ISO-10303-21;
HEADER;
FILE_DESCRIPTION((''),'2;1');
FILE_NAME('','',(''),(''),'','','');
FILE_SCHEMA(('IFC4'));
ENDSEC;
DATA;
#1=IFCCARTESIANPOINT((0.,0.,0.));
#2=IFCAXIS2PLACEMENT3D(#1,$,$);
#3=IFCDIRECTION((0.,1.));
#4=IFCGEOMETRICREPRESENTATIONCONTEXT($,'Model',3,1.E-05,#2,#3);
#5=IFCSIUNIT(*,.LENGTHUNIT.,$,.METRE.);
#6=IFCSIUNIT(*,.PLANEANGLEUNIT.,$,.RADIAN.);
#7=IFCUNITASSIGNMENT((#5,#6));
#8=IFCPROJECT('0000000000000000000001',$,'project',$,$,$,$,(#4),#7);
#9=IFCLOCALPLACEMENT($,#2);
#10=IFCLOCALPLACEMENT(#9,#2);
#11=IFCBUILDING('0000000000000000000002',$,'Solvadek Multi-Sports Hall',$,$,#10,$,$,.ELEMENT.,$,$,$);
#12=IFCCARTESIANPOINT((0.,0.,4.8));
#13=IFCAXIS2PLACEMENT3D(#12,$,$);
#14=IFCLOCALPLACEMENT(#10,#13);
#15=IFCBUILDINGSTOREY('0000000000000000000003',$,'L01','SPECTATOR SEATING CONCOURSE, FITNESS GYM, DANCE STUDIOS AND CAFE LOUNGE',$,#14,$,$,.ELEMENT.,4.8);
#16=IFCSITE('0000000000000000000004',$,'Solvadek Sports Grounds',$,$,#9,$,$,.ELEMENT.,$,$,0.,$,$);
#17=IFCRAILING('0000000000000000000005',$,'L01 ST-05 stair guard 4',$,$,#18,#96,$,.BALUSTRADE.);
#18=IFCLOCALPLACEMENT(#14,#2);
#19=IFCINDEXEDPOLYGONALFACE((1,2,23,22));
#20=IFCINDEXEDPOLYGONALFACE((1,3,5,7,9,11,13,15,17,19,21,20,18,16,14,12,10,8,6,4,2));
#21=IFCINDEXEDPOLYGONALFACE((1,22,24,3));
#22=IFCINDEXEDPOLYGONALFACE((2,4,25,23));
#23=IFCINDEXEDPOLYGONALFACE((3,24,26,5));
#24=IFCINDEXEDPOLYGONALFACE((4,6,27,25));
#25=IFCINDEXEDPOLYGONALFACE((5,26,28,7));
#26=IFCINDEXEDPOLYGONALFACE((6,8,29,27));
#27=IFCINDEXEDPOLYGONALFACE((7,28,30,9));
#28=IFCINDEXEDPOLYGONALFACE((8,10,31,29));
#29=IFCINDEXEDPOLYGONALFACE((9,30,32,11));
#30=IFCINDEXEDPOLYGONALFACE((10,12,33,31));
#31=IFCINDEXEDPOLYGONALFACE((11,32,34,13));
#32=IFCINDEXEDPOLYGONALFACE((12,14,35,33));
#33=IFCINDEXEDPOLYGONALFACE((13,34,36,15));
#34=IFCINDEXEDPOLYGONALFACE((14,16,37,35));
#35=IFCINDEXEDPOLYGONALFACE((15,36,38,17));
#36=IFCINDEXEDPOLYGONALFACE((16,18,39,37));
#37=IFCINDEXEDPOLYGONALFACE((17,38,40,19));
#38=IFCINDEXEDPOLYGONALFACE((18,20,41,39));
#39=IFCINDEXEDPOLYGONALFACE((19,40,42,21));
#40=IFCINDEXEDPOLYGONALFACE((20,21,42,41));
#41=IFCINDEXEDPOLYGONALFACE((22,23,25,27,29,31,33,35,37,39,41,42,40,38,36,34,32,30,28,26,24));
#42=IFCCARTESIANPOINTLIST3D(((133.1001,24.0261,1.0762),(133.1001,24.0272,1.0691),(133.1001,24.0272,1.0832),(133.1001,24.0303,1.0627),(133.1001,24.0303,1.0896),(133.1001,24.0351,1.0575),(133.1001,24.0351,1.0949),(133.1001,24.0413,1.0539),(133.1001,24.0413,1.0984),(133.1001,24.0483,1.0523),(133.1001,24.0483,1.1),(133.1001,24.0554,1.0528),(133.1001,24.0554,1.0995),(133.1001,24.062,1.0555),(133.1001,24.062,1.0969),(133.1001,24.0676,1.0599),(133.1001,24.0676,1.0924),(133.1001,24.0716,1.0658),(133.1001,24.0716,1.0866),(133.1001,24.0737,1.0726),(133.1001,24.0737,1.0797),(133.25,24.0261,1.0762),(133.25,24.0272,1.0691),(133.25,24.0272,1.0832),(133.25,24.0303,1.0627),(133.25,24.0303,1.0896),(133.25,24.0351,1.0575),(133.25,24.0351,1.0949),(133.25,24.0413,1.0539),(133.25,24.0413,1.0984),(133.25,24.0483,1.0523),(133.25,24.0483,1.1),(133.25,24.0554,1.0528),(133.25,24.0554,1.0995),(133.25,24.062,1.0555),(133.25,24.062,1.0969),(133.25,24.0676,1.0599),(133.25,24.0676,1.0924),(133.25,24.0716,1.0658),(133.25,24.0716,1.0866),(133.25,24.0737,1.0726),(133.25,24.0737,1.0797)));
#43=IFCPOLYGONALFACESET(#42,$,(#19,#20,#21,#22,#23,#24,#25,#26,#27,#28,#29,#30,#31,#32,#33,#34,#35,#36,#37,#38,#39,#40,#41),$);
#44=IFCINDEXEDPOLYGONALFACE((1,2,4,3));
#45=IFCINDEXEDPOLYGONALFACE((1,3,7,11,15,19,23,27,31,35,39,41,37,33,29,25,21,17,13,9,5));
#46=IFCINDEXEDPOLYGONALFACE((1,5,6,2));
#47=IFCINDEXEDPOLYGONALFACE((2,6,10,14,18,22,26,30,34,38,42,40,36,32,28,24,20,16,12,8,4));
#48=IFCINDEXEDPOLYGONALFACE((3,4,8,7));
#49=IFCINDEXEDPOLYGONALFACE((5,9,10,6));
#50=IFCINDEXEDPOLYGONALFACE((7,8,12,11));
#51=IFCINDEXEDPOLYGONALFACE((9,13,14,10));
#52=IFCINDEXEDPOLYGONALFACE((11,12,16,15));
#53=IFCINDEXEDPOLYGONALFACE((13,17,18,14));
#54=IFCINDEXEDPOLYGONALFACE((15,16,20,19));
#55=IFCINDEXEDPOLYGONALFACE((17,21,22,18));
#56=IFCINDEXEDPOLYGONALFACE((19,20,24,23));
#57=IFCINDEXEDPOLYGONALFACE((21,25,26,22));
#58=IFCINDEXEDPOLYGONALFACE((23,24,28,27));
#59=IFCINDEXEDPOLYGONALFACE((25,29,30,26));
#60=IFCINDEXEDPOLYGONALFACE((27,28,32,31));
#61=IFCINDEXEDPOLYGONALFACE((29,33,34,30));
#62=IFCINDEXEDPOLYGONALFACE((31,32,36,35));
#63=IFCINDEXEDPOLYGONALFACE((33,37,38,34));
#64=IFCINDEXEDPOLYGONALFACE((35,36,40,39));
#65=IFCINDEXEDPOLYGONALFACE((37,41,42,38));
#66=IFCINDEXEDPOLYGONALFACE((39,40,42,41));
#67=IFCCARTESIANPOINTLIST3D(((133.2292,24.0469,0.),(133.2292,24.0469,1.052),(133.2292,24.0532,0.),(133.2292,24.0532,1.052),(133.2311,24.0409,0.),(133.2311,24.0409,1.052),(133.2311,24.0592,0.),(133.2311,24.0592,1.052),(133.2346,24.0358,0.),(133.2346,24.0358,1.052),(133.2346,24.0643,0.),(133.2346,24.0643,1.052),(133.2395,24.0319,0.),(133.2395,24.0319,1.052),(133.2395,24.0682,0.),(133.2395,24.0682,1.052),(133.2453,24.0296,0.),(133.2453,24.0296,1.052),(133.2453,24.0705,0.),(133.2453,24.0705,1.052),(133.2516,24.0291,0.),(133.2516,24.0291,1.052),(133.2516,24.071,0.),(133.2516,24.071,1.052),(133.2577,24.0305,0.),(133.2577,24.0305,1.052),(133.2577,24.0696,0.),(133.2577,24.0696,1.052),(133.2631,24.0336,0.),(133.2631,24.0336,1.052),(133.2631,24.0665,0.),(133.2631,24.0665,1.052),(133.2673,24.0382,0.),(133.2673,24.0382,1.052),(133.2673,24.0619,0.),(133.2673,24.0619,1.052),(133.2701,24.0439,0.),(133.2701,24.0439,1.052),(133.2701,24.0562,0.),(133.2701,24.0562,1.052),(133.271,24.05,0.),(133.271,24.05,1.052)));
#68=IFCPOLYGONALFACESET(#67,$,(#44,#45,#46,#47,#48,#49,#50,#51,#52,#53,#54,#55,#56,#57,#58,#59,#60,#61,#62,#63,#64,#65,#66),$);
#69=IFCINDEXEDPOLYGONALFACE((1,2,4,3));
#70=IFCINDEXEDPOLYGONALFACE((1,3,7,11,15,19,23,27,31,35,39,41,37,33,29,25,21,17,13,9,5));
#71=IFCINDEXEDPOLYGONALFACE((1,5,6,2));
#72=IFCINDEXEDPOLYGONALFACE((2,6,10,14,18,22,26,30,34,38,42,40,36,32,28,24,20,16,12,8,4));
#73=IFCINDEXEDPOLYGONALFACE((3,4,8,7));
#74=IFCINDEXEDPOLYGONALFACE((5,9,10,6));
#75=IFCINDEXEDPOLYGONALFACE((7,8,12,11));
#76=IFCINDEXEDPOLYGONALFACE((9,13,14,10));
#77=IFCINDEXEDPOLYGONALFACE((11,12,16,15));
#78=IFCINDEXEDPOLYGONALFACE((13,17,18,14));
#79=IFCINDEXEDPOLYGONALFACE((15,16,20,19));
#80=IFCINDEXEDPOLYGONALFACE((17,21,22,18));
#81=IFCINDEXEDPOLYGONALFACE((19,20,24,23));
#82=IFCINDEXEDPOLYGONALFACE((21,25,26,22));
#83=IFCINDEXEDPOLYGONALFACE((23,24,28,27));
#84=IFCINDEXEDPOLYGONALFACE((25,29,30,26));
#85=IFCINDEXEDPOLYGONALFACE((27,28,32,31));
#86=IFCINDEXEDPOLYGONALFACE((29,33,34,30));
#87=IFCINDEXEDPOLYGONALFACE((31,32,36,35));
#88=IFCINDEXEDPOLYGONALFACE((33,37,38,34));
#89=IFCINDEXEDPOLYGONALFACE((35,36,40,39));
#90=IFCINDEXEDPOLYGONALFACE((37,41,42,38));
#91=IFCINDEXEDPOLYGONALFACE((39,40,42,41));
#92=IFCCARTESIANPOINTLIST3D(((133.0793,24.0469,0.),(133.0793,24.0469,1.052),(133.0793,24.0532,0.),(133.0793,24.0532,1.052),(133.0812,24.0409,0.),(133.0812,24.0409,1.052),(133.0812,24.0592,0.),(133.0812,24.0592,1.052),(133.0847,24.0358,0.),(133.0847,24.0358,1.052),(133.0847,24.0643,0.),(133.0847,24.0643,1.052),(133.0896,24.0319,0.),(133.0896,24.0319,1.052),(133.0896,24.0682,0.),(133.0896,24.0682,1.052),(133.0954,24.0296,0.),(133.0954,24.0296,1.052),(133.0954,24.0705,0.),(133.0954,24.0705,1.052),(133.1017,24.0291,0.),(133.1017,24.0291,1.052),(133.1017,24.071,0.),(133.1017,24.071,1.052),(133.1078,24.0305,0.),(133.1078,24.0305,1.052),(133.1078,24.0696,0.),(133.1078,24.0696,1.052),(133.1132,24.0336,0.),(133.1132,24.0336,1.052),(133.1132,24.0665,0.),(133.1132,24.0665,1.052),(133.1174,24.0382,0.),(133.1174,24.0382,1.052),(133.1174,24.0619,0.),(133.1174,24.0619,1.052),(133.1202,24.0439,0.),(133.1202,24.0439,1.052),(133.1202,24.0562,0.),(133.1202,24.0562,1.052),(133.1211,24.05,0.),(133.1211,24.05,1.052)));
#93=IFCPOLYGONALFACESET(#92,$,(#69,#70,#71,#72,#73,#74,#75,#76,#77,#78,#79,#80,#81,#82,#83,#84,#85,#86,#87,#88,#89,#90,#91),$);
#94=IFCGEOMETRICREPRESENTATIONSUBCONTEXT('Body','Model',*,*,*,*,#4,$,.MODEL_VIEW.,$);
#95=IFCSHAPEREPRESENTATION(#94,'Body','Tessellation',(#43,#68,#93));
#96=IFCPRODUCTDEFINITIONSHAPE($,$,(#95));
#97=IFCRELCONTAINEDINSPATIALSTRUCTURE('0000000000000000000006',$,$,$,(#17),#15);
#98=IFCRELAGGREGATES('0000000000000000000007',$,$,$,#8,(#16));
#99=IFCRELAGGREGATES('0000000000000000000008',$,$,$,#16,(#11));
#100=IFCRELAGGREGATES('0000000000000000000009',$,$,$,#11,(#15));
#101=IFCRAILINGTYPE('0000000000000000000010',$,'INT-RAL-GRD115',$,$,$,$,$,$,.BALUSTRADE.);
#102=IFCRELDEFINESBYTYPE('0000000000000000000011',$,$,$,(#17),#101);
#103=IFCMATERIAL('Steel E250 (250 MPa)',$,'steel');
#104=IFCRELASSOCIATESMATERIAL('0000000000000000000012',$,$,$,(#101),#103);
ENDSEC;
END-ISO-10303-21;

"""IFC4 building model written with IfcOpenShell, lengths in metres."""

from ifc_helpers import new_model, si_unit, direction, frame, origin, origin_2d, place, context, subcontext, project, spatial, circle, extrude, material, type_object, element, save


model = new_model("IFC4")

# Units and contexts
model_context = context("Model", 3, precision=1e-05, world=origin(), true_north=direction((0.0, 1.0)))
body_context = subcontext(model_context, "Body", "Model", "MODEL_VIEW")
ifc_project = project(units=[si_unit("LENGTHUNIT", "METRE"), si_unit("PLANEANGLEUNIT", "RADIAN")], contexts=[model_context])

# Site, building, storey
site_placement = place(None, origin())
site = spatial("IfcSite", under=ifc_project, at=site_placement, Name="Solvadek Sports Grounds", CompositionType="ELEMENT", RefElevation=0.0)
building_placement = place(site_placement, origin())
building = spatial("IfcBuilding", under=site, at=building_placement, Name="Solvadek Multi-Sports Hall", CompositionType="ELEMENT")
storey_placement = place(building_placement, frame((0.0, 0.0, 4.8)))
storey = spatial("IfcBuildingStorey", under=building, at=storey_placement, Name="L01", Description="SPECTATOR SEATING CONCOURSE, FITNESS GYM, DANCE STUDIOS AND CAFE LOUNGE", CompositionType="ELEMENT", Elevation=4.8)

# Shared definitions
ifc_material_1 = material(Name="Steel E250 (250 MPa)", Category="steel")

# Railing
railing_type_1 = type_object("IfcRailingType", Name="INT-RAL-GRD115", PredefinedType="BALUSTRADE", material=ifc_material_1)
railing_1_placement = place(storey_placement, frame((133.25, 24.05, 0.0)))
element("IfcRailing", 1, at=railing_1_placement, inside=storey, type_object=railing_type_1, Name="L01 ST-05 stair guard 4", PredefinedType="BALUSTRADE", context=body_context, shape_type="SweptSolid", body=[
    extrude(circle(Radius=0.0239, at=origin_2d()), frame((0.0, 0.0, 1.0762), z_axis=(-1.0, 0.0, 0.0), x_axis=(0.0, -1.0, 0.0)), (0.0, 0.0, 1.0), 0.1499),
    extrude(circle(Radius=0.021, at=origin_2d()), origin(), (0.0, 0.0, 1.0), 1.052),
    extrude(circle(Radius=0.021, at=origin_2d()), frame((-0.1499, 0.0, 0.0)), (0.0, 0.0, 1.0), 1.052),
])

save(model, "model.ifc")
